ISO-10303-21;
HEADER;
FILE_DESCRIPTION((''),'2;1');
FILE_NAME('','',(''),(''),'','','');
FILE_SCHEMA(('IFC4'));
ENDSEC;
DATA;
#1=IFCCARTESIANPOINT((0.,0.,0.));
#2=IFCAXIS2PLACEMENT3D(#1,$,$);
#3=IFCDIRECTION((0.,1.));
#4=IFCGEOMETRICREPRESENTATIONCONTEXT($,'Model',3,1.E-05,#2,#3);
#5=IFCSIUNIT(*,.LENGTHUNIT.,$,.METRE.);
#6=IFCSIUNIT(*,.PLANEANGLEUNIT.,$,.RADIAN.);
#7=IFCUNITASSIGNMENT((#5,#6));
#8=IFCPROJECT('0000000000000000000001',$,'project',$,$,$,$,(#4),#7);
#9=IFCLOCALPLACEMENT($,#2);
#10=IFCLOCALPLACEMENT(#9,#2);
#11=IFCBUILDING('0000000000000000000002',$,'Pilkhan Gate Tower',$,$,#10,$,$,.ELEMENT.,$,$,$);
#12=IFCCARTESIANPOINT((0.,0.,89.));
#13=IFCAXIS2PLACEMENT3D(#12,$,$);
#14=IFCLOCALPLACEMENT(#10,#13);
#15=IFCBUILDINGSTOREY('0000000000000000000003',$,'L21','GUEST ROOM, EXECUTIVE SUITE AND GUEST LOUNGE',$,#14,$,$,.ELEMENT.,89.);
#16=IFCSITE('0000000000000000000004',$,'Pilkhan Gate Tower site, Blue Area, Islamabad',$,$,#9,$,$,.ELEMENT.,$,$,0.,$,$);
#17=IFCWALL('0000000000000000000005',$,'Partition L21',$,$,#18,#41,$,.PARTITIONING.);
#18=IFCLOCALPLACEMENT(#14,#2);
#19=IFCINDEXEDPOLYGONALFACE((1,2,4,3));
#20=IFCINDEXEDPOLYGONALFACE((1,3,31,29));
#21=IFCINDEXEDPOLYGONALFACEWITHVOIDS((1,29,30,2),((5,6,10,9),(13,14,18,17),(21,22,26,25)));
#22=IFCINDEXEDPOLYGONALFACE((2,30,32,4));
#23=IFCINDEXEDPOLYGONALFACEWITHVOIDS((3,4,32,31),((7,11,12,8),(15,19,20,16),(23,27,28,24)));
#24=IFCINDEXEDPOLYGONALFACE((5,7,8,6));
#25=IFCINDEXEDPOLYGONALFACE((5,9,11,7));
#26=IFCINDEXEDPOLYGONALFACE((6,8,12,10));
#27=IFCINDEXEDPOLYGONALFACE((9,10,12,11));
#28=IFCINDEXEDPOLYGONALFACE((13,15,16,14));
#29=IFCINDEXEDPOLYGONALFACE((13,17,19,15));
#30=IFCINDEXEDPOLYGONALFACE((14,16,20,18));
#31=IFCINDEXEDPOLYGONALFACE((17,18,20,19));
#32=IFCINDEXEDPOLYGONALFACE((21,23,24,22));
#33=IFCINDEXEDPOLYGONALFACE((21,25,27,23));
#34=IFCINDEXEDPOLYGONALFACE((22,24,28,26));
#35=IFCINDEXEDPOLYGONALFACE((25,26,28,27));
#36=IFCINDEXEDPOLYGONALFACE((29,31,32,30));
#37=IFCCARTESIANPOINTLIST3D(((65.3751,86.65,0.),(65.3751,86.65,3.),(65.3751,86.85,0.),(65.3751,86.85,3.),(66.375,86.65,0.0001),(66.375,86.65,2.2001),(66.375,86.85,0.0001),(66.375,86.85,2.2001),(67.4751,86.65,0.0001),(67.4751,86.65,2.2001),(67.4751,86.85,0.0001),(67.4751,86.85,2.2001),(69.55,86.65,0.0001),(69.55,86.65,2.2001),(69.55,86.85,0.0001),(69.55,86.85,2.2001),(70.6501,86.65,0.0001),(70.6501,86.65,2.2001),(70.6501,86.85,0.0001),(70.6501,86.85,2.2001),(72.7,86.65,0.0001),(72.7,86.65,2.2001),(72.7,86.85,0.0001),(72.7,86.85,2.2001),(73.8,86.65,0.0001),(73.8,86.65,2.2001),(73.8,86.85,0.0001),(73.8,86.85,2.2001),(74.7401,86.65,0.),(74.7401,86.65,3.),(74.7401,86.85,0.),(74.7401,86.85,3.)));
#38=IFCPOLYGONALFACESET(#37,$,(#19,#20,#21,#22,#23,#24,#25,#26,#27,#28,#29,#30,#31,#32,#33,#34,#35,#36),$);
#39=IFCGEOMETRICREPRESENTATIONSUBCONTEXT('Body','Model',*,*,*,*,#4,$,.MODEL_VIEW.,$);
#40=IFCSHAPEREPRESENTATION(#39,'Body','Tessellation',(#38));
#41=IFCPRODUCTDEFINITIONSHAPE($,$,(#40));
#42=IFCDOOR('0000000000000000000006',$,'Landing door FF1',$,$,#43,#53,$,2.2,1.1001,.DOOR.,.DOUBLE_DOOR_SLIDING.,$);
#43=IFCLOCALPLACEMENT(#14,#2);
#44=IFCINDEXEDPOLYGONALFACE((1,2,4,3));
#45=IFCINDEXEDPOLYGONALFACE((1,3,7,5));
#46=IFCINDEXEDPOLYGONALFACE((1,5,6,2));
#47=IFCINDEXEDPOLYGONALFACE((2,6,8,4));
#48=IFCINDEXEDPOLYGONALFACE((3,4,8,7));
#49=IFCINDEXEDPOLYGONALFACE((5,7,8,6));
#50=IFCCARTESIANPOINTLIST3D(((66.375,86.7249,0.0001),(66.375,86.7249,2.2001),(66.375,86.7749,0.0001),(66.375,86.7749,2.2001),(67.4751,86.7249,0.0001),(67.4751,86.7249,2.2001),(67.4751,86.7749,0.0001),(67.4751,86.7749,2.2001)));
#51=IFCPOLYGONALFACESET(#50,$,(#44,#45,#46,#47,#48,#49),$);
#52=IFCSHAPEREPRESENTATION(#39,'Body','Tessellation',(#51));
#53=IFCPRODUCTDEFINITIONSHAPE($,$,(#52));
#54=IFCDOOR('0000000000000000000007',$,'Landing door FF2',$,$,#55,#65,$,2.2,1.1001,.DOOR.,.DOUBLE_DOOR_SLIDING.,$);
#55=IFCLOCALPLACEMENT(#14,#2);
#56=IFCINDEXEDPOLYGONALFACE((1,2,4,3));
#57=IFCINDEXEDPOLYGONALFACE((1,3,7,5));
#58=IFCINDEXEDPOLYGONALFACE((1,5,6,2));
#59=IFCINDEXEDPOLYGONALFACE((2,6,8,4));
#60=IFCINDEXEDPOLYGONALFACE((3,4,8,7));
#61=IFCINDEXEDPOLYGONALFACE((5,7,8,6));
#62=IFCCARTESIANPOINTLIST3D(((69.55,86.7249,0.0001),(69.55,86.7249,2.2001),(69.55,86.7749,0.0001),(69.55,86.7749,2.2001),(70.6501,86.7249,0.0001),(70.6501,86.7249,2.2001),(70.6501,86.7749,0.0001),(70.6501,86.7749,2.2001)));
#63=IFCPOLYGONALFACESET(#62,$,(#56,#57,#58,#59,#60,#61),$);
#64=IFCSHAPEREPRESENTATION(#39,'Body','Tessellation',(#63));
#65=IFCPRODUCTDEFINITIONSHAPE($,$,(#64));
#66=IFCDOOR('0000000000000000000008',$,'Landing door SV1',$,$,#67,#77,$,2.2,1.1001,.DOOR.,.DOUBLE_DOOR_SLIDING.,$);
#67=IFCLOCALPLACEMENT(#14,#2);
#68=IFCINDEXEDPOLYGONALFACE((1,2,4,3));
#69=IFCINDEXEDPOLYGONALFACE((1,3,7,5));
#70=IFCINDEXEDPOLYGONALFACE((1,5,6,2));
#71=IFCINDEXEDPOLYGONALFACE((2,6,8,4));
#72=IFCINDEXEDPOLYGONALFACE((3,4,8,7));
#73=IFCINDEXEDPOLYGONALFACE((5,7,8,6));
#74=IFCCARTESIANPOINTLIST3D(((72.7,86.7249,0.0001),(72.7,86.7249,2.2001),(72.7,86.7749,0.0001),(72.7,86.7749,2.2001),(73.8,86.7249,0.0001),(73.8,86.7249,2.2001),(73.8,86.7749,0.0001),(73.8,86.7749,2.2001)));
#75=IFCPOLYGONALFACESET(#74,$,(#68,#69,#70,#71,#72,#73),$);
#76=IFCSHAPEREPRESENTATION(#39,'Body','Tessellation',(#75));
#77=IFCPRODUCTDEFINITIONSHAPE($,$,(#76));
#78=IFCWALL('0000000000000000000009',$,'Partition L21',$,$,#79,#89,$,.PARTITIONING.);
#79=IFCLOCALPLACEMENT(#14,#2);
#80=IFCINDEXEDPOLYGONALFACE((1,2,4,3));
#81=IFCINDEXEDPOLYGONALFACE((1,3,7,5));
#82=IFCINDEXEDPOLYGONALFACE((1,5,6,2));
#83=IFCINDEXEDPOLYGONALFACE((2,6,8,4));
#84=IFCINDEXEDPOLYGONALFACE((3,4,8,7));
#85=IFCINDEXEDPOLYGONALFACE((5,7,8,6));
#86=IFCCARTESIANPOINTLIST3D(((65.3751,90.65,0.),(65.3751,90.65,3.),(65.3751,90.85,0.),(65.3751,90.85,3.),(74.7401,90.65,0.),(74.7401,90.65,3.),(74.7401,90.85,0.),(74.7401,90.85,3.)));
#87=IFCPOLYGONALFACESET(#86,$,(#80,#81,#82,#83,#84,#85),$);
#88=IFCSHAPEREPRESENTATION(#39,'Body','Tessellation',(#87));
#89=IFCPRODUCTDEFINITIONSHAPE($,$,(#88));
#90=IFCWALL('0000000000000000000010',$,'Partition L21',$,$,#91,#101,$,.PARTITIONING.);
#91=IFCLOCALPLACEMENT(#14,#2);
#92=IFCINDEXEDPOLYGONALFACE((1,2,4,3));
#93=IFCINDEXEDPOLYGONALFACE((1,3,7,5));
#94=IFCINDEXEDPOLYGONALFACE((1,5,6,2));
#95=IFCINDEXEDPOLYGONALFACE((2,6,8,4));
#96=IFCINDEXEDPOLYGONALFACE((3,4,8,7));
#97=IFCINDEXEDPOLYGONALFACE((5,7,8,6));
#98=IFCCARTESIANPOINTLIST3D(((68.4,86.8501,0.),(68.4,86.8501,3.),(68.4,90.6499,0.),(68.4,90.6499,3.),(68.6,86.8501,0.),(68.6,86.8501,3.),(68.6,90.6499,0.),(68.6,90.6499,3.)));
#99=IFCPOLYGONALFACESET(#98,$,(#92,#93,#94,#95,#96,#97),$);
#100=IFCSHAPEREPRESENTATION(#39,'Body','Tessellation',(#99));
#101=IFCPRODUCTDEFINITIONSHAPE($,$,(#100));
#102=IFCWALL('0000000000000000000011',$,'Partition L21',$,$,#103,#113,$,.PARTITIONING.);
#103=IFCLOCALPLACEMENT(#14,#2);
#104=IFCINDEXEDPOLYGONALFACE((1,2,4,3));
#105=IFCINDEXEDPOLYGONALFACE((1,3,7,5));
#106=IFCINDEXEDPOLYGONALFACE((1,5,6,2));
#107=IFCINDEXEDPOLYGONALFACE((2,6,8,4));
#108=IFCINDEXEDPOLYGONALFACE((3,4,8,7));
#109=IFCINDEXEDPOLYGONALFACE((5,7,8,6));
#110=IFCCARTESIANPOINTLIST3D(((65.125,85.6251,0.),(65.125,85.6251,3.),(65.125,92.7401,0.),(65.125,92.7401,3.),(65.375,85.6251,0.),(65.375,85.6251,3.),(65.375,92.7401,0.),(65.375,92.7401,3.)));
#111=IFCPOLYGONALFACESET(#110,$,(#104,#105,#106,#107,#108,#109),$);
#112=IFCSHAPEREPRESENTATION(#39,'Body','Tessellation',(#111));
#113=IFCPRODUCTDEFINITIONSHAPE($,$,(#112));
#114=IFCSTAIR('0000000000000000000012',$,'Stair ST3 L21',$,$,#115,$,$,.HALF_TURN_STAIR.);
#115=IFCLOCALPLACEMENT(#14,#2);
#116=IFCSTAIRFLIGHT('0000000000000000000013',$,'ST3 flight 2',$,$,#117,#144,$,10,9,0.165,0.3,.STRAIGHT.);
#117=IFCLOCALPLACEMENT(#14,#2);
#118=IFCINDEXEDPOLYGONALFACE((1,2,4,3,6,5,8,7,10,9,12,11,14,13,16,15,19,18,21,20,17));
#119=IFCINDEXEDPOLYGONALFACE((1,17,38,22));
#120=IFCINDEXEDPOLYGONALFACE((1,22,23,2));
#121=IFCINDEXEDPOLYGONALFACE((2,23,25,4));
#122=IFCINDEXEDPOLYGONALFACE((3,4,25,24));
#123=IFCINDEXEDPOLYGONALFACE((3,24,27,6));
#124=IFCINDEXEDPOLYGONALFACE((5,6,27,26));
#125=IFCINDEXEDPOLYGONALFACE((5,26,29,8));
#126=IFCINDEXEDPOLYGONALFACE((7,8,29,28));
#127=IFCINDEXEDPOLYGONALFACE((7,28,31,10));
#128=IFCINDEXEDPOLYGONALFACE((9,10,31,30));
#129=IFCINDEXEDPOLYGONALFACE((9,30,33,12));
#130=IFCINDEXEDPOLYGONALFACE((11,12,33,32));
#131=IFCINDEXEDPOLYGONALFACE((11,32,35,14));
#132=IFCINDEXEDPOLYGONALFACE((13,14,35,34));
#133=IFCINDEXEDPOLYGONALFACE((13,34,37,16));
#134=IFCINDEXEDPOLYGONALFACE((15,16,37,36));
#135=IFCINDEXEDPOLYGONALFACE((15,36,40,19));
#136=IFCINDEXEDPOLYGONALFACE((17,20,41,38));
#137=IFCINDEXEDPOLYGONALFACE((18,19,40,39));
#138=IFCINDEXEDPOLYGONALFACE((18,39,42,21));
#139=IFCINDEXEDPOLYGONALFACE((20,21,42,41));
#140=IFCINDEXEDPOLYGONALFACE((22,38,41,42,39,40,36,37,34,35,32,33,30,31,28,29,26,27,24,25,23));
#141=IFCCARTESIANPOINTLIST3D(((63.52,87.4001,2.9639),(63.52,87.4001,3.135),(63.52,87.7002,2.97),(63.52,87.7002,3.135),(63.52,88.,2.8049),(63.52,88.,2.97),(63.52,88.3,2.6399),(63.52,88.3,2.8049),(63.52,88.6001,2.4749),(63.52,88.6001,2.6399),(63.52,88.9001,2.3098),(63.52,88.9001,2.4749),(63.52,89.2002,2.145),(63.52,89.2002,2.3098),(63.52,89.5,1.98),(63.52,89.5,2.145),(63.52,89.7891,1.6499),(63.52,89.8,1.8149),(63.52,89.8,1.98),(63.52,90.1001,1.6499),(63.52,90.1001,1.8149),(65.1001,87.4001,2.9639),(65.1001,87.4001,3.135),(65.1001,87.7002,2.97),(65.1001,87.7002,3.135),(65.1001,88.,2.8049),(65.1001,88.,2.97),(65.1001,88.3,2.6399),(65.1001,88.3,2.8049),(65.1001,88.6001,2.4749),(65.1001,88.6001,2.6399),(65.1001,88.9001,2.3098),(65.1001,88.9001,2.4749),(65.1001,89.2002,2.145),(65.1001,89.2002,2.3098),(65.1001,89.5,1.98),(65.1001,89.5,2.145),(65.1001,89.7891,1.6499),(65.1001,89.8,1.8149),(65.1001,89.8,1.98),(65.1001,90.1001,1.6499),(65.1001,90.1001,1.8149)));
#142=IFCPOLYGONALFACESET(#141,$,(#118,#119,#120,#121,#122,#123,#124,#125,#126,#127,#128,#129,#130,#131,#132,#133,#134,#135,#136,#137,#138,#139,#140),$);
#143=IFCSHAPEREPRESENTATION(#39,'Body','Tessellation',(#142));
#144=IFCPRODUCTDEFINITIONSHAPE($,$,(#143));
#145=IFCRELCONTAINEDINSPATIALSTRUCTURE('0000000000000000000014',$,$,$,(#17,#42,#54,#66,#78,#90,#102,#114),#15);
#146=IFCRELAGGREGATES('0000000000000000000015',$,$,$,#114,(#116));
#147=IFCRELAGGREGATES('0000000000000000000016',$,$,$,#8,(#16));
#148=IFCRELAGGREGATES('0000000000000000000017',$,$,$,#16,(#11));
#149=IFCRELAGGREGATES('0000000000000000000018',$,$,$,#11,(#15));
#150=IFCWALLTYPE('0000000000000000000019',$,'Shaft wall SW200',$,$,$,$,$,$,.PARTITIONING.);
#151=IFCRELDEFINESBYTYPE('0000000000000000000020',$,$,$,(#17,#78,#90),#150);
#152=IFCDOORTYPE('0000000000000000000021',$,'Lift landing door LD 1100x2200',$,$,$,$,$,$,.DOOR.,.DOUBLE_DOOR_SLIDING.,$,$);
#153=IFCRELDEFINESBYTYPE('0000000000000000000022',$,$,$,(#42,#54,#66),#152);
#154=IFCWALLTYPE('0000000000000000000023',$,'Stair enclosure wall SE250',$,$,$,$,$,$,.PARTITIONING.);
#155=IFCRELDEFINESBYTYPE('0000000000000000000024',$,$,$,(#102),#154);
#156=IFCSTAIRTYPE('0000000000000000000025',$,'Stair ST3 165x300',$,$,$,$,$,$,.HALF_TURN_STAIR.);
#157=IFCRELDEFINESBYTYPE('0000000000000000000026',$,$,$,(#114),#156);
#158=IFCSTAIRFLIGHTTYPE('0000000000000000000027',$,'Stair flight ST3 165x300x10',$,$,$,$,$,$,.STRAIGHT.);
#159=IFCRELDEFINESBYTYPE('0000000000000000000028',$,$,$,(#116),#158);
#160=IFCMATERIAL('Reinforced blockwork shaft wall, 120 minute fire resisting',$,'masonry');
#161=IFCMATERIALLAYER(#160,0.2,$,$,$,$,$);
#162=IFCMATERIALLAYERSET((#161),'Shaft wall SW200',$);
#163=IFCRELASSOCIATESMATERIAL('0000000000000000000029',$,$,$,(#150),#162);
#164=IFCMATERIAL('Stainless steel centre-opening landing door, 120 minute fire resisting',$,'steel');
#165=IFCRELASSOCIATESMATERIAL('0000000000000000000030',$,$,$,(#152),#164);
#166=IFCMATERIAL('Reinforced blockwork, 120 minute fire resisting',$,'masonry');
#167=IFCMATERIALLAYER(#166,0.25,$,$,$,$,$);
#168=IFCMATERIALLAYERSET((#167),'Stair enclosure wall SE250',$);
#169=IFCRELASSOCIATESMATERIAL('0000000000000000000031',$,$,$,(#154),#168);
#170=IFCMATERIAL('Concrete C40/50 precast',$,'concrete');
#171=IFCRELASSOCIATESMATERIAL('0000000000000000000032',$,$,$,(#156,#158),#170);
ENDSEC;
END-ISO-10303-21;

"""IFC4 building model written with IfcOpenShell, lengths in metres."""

from ifc_helpers import new_model, si_unit, direction, frame, frame_2d, origin, place, context, subcontext, project, spatial, polyline, rectangle, outline, extrude, material, layer, layer_set, type_object, element, fill, aggregate, save


model = new_model("IFC4")

# Units and contexts
model_context = context("Model", 3, precision=1e-05, world=origin(), true_north=direction((0.0, 1.0)))
body_context = subcontext(model_context, "Body", "Model", "MODEL_VIEW")
ifc_project = project(units=[si_unit("LENGTHUNIT", "METRE"), si_unit("PLANEANGLEUNIT", "RADIAN")], contexts=[model_context])

# Site, building, storey
site_placement = place(None, origin())
site = spatial("IfcSite", under=ifc_project, at=site_placement, Name="Pilkhan Gate Tower site, Blue Area, Islamabad", CompositionType="ELEMENT", RefElevation=0.0)
building_placement = place(site_placement, origin())
building = spatial("IfcBuilding", under=site, at=building_placement, Name="Pilkhan Gate Tower", CompositionType="ELEMENT")
storey_placement = place(building_placement, frame((0.0, 0.0, 89.0)))
storey = spatial("IfcBuildingStorey", under=building, at=storey_placement, Name="L21", Description="GUEST ROOM, EXECUTIVE SUITE AND GUEST LOUNGE", CompositionType="ELEMENT", Elevation=89.0)

# Wall, openings, doors
ifc_material_1 = material(Name="Reinforced blockwork shaft wall, 120 minute fire resisting", Category="masonry")
ifc_layer_1 = layer(ifc_material_1, 0.2)
ifc_layer_set_1 = layer_set([ifc_layer_1], Name="Shaft wall SW200")
wall_type_1 = type_object("IfcWallType", Name="Shaft wall SW200", PredefinedType="PARTITIONING", material=ifc_layer_set_1)
wall_1_placement = place(storey_placement, frame((65.375, 86.75, 0.0), z_axis=(0.0, 0.0, 1.0), x_axis=(1.0, 0.0, 0.0)))
wall_1 = element("IfcWall", 1, at=wall_1_placement, inside=storey, type_object=wall_type_1, Name="Partition L21", PredefinedType="PARTITIONING", context=body_context, shape_type="SweptSolid", body=[
    extrude(rectangle(XDim=9.365, YDim=0.2, at=frame_2d((4.6826, 0.0))), origin(), (0.0, 0.0, 1.0), 3.0),
])
opening_1_placement = place(wall_1_placement, frame((1.0, 0.0, 0.0)))
opening_1 = element("IfcOpeningElement", 2, at=opening_1_placement, cuts=wall_1, PredefinedType="OPENING", context=body_context, shape_type="SweptSolid", body=[
    extrude(rectangle(XDim=1.1001, YDim=2.2, at=frame_2d((0.55, 1.1001))), frame((0.0, 0.1099, 0.0), z_axis=(0.0, -1.0, 0.0), x_axis=(1.0, 0.0, 0.0)), (0.0, 0.0, 1.0), 0.22),
])
opening_2_placement = place(wall_1_placement, frame((4.175, 0.0, 0.0)))
opening_2 = element("IfcOpeningElement", 3, at=opening_2_placement, cuts=wall_1, PredefinedType="OPENING", context=body_context, shape_type="SweptSolid", body=[
    extrude(rectangle(XDim=1.1001, YDim=2.2, at=frame_2d((0.55, 1.1001))), frame((0.0, 0.1099, 0.0), z_axis=(0.0, -1.0, 0.0), x_axis=(1.0, 0.0, 0.0)), (0.0, 0.0, 1.0), 0.22),
])
opening_3_placement = place(wall_1_placement, frame((7.325, 0.0, 0.0)))
opening_3 = element("IfcOpeningElement", 4, at=opening_3_placement, cuts=wall_1, PredefinedType="OPENING", context=body_context, shape_type="SweptSolid", body=[
    extrude(rectangle(XDim=1.1001, YDim=2.2, at=frame_2d((0.55, 1.1001))), frame((0.0, 0.1099, 0.0), z_axis=(0.0, -1.0, 0.0), x_axis=(1.0, 0.0, 0.0)), (0.0, 0.0, 1.0), 0.22),
])
ifc_material_2 = material(Name="Stainless steel centre-opening landing door, 120 minute fire resisting", Category="steel")
door_type = type_object("IfcDoorType", Name="Lift landing door LD 1100x2200", OperationType="DOUBLE_DOOR_SLIDING", PredefinedType="DOOR", material=ifc_material_2)
door_1_placement = place(opening_1_placement, origin())
door_1 = element("IfcDoor", 5, at=door_1_placement, inside=storey, type_object=door_type, Name="Landing door FF1", OperationType="DOUBLE_DOOR_SLIDING", OverallHeight=2.2, OverallWidth=1.1001, PredefinedType="DOOR", context=body_context, shape_type="SweptSolid", body=[
    extrude(rectangle(XDim=1.1001, YDim=2.2, at=frame_2d((0.55, 1.1001))), frame((0.0, 0.0249, 0.0), z_axis=(0.0, -1.0, 0.0), x_axis=(1.0, 0.0, 0.0)), (0.0, 0.0, 1.0), 0.05),
])
fill(opening_1, door_1)
door_2_placement = place(opening_2_placement, origin())
door_2 = element("IfcDoor", 6, at=door_2_placement, inside=storey, type_object=door_type, Name="Landing door FF2", OperationType="DOUBLE_DOOR_SLIDING", OverallHeight=2.2, OverallWidth=1.1001, PredefinedType="DOOR", context=body_context, shape_type="SweptSolid", body=[
    extrude(rectangle(XDim=1.1001, YDim=2.2, at=frame_2d((0.55, 1.1001))), frame((0.0, 0.0249, 0.0), z_axis=(0.0, -1.0, 0.0), x_axis=(1.0, 0.0, 0.0)), (0.0, 0.0, 1.0), 0.05),
])
fill(opening_2, door_2)
door_3_placement = place(opening_3_placement, origin())
door_3 = element("IfcDoor", 7, at=door_3_placement, inside=storey, type_object=door_type, Name="Landing door SV1", OperationType="DOUBLE_DOOR_SLIDING", OverallHeight=2.2, OverallWidth=1.1001, PredefinedType="DOOR", context=body_context, shape_type="SweptSolid", body=[
    extrude(rectangle(XDim=1.1001, YDim=2.2, at=frame_2d((0.55, 1.1001))), frame((0.0, 0.0249, 0.0), z_axis=(0.0, -1.0, 0.0), x_axis=(1.0, 0.0, 0.0)), (0.0, 0.0, 1.0), 0.05),
])
fill(opening_3, door_3)

# Walls
wall_2_placement = place(storey_placement, frame((65.375, 90.75, 0.0), z_axis=(0.0, 0.0, 1.0), x_axis=(1.0, 0.0, 0.0)))
element("IfcWall", 8, at=wall_2_placement, inside=storey, type_object=wall_type_1, Name="Partition L21", PredefinedType="PARTITIONING", context=body_context, shape_type="SweptSolid", body=[
    extrude(rectangle(XDim=9.365, YDim=0.2, at=frame_2d((4.6826, 0.0))), origin(), (0.0, 0.0, 1.0), 3.0),
])
wall_3_placement = place(storey_placement, frame((68.5, 86.8501, 0.0), z_axis=(0.0, 0.0, 1.0), x_axis=(0.0, 1.0, 0.0)))
element("IfcWall", 9, at=wall_3_placement, inside=storey, type_object=wall_type_1, Name="Partition L21", PredefinedType="PARTITIONING", context=body_context, shape_type="SweptSolid", body=[
    extrude(rectangle(XDim=3.7998, YDim=0.2, at=frame_2d((1.8999, 0.0))), origin(), (0.0, 0.0, 1.0), 3.0),
])
ifc_material_3 = material(Name="Reinforced blockwork, 120 minute fire resisting", Category="masonry")
ifc_layer_2 = layer(ifc_material_3, 0.25)
ifc_layer_set_2 = layer_set([ifc_layer_2], Name="Stair enclosure wall SE250")
wall_type_2 = type_object("IfcWallType", Name="Stair enclosure wall SE250", PredefinedType="PARTITIONING", material=ifc_layer_set_2)
wall_4_placement = place(storey_placement, frame((65.25, 85.625, 0.0), z_axis=(0.0, 0.0, 1.0), x_axis=(0.0, 1.0, 0.0)))
element("IfcWall", 10, at=wall_4_placement, inside=storey, type_object=wall_type_2, Name="Partition L21", PredefinedType="PARTITIONING", context=body_context, shape_type="SweptSolid", body=[
    extrude(rectangle(XDim=7.115, YDim=0.25, at=frame_2d((3.5576, 0.0))), origin(), (0.0, 0.0, 1.0), 3.0),
])

# Stair, stair flight
ifc_material_4 = material(Name="Concrete C40/50 precast", Category="concrete")
stair_type = type_object("IfcStairType", Name="Stair ST3 165x300", PredefinedType="HALF_TURN_STAIR", material=ifc_material_4)
stair_placement = place(storey_placement, origin())
stair = element("IfcStair", 11, at=stair_placement, inside=storey, type_object=stair_type, Name="Stair ST3 L21", PredefinedType="HALF_TURN_STAIR")
stair_flight_type = type_object("IfcStairFlightType", Name="Stair flight ST3 165x300x10", PredefinedType="STRAIGHT", material=ifc_material_4)
stair_flight_placement = place(storey_placement, frame((64.3101, 90.1001, 1.6499), z_axis=(0.0, 0.0, 1.0), x_axis=(0.0, -1.0, 0.0)))
stair_flight = element("IfcStairFlight", 12, at=stair_flight_placement, type_object=stair_flight_type, Name="ST3 flight 2", NumberOfRisers=10, NumberOfTreads=9, PredefinedType="STRAIGHT", RiserHeight=0.165, TreadLength=0.3, context=body_context, shape_type="SweptSolid", body=[
    extrude(outline(polyline([(0.0, 0.0), (0.0, 0.165), (0.3, 0.165), (0.3, 0.3301), (0.6001, 0.3301), (0.6001, 0.4951), (0.8999, 0.4951), (0.8999, 0.6599), (1.2, 0.6599), (1.2, 0.825), (1.5, 0.825), (1.5, 0.99), (1.8, 0.99), (1.8, 1.155), (2.1001, 1.155), (2.1001, 1.3201), (2.3999, 1.3201), (2.3999, 1.4851), (2.7, 1.4851), (2.7, 1.6499), (2.7, 1.314), (0.311, 0.0), (0.0, 0.0)])), frame((0.0, 0.79, 0.0), z_axis=(0.0, -1.0, 0.0), x_axis=(1.0, 0.0, 0.0)), (0.0, 0.0, 1.0), 1.5801),
])
aggregate(stair, [stair_flight])

save(model, "model.ifc")
